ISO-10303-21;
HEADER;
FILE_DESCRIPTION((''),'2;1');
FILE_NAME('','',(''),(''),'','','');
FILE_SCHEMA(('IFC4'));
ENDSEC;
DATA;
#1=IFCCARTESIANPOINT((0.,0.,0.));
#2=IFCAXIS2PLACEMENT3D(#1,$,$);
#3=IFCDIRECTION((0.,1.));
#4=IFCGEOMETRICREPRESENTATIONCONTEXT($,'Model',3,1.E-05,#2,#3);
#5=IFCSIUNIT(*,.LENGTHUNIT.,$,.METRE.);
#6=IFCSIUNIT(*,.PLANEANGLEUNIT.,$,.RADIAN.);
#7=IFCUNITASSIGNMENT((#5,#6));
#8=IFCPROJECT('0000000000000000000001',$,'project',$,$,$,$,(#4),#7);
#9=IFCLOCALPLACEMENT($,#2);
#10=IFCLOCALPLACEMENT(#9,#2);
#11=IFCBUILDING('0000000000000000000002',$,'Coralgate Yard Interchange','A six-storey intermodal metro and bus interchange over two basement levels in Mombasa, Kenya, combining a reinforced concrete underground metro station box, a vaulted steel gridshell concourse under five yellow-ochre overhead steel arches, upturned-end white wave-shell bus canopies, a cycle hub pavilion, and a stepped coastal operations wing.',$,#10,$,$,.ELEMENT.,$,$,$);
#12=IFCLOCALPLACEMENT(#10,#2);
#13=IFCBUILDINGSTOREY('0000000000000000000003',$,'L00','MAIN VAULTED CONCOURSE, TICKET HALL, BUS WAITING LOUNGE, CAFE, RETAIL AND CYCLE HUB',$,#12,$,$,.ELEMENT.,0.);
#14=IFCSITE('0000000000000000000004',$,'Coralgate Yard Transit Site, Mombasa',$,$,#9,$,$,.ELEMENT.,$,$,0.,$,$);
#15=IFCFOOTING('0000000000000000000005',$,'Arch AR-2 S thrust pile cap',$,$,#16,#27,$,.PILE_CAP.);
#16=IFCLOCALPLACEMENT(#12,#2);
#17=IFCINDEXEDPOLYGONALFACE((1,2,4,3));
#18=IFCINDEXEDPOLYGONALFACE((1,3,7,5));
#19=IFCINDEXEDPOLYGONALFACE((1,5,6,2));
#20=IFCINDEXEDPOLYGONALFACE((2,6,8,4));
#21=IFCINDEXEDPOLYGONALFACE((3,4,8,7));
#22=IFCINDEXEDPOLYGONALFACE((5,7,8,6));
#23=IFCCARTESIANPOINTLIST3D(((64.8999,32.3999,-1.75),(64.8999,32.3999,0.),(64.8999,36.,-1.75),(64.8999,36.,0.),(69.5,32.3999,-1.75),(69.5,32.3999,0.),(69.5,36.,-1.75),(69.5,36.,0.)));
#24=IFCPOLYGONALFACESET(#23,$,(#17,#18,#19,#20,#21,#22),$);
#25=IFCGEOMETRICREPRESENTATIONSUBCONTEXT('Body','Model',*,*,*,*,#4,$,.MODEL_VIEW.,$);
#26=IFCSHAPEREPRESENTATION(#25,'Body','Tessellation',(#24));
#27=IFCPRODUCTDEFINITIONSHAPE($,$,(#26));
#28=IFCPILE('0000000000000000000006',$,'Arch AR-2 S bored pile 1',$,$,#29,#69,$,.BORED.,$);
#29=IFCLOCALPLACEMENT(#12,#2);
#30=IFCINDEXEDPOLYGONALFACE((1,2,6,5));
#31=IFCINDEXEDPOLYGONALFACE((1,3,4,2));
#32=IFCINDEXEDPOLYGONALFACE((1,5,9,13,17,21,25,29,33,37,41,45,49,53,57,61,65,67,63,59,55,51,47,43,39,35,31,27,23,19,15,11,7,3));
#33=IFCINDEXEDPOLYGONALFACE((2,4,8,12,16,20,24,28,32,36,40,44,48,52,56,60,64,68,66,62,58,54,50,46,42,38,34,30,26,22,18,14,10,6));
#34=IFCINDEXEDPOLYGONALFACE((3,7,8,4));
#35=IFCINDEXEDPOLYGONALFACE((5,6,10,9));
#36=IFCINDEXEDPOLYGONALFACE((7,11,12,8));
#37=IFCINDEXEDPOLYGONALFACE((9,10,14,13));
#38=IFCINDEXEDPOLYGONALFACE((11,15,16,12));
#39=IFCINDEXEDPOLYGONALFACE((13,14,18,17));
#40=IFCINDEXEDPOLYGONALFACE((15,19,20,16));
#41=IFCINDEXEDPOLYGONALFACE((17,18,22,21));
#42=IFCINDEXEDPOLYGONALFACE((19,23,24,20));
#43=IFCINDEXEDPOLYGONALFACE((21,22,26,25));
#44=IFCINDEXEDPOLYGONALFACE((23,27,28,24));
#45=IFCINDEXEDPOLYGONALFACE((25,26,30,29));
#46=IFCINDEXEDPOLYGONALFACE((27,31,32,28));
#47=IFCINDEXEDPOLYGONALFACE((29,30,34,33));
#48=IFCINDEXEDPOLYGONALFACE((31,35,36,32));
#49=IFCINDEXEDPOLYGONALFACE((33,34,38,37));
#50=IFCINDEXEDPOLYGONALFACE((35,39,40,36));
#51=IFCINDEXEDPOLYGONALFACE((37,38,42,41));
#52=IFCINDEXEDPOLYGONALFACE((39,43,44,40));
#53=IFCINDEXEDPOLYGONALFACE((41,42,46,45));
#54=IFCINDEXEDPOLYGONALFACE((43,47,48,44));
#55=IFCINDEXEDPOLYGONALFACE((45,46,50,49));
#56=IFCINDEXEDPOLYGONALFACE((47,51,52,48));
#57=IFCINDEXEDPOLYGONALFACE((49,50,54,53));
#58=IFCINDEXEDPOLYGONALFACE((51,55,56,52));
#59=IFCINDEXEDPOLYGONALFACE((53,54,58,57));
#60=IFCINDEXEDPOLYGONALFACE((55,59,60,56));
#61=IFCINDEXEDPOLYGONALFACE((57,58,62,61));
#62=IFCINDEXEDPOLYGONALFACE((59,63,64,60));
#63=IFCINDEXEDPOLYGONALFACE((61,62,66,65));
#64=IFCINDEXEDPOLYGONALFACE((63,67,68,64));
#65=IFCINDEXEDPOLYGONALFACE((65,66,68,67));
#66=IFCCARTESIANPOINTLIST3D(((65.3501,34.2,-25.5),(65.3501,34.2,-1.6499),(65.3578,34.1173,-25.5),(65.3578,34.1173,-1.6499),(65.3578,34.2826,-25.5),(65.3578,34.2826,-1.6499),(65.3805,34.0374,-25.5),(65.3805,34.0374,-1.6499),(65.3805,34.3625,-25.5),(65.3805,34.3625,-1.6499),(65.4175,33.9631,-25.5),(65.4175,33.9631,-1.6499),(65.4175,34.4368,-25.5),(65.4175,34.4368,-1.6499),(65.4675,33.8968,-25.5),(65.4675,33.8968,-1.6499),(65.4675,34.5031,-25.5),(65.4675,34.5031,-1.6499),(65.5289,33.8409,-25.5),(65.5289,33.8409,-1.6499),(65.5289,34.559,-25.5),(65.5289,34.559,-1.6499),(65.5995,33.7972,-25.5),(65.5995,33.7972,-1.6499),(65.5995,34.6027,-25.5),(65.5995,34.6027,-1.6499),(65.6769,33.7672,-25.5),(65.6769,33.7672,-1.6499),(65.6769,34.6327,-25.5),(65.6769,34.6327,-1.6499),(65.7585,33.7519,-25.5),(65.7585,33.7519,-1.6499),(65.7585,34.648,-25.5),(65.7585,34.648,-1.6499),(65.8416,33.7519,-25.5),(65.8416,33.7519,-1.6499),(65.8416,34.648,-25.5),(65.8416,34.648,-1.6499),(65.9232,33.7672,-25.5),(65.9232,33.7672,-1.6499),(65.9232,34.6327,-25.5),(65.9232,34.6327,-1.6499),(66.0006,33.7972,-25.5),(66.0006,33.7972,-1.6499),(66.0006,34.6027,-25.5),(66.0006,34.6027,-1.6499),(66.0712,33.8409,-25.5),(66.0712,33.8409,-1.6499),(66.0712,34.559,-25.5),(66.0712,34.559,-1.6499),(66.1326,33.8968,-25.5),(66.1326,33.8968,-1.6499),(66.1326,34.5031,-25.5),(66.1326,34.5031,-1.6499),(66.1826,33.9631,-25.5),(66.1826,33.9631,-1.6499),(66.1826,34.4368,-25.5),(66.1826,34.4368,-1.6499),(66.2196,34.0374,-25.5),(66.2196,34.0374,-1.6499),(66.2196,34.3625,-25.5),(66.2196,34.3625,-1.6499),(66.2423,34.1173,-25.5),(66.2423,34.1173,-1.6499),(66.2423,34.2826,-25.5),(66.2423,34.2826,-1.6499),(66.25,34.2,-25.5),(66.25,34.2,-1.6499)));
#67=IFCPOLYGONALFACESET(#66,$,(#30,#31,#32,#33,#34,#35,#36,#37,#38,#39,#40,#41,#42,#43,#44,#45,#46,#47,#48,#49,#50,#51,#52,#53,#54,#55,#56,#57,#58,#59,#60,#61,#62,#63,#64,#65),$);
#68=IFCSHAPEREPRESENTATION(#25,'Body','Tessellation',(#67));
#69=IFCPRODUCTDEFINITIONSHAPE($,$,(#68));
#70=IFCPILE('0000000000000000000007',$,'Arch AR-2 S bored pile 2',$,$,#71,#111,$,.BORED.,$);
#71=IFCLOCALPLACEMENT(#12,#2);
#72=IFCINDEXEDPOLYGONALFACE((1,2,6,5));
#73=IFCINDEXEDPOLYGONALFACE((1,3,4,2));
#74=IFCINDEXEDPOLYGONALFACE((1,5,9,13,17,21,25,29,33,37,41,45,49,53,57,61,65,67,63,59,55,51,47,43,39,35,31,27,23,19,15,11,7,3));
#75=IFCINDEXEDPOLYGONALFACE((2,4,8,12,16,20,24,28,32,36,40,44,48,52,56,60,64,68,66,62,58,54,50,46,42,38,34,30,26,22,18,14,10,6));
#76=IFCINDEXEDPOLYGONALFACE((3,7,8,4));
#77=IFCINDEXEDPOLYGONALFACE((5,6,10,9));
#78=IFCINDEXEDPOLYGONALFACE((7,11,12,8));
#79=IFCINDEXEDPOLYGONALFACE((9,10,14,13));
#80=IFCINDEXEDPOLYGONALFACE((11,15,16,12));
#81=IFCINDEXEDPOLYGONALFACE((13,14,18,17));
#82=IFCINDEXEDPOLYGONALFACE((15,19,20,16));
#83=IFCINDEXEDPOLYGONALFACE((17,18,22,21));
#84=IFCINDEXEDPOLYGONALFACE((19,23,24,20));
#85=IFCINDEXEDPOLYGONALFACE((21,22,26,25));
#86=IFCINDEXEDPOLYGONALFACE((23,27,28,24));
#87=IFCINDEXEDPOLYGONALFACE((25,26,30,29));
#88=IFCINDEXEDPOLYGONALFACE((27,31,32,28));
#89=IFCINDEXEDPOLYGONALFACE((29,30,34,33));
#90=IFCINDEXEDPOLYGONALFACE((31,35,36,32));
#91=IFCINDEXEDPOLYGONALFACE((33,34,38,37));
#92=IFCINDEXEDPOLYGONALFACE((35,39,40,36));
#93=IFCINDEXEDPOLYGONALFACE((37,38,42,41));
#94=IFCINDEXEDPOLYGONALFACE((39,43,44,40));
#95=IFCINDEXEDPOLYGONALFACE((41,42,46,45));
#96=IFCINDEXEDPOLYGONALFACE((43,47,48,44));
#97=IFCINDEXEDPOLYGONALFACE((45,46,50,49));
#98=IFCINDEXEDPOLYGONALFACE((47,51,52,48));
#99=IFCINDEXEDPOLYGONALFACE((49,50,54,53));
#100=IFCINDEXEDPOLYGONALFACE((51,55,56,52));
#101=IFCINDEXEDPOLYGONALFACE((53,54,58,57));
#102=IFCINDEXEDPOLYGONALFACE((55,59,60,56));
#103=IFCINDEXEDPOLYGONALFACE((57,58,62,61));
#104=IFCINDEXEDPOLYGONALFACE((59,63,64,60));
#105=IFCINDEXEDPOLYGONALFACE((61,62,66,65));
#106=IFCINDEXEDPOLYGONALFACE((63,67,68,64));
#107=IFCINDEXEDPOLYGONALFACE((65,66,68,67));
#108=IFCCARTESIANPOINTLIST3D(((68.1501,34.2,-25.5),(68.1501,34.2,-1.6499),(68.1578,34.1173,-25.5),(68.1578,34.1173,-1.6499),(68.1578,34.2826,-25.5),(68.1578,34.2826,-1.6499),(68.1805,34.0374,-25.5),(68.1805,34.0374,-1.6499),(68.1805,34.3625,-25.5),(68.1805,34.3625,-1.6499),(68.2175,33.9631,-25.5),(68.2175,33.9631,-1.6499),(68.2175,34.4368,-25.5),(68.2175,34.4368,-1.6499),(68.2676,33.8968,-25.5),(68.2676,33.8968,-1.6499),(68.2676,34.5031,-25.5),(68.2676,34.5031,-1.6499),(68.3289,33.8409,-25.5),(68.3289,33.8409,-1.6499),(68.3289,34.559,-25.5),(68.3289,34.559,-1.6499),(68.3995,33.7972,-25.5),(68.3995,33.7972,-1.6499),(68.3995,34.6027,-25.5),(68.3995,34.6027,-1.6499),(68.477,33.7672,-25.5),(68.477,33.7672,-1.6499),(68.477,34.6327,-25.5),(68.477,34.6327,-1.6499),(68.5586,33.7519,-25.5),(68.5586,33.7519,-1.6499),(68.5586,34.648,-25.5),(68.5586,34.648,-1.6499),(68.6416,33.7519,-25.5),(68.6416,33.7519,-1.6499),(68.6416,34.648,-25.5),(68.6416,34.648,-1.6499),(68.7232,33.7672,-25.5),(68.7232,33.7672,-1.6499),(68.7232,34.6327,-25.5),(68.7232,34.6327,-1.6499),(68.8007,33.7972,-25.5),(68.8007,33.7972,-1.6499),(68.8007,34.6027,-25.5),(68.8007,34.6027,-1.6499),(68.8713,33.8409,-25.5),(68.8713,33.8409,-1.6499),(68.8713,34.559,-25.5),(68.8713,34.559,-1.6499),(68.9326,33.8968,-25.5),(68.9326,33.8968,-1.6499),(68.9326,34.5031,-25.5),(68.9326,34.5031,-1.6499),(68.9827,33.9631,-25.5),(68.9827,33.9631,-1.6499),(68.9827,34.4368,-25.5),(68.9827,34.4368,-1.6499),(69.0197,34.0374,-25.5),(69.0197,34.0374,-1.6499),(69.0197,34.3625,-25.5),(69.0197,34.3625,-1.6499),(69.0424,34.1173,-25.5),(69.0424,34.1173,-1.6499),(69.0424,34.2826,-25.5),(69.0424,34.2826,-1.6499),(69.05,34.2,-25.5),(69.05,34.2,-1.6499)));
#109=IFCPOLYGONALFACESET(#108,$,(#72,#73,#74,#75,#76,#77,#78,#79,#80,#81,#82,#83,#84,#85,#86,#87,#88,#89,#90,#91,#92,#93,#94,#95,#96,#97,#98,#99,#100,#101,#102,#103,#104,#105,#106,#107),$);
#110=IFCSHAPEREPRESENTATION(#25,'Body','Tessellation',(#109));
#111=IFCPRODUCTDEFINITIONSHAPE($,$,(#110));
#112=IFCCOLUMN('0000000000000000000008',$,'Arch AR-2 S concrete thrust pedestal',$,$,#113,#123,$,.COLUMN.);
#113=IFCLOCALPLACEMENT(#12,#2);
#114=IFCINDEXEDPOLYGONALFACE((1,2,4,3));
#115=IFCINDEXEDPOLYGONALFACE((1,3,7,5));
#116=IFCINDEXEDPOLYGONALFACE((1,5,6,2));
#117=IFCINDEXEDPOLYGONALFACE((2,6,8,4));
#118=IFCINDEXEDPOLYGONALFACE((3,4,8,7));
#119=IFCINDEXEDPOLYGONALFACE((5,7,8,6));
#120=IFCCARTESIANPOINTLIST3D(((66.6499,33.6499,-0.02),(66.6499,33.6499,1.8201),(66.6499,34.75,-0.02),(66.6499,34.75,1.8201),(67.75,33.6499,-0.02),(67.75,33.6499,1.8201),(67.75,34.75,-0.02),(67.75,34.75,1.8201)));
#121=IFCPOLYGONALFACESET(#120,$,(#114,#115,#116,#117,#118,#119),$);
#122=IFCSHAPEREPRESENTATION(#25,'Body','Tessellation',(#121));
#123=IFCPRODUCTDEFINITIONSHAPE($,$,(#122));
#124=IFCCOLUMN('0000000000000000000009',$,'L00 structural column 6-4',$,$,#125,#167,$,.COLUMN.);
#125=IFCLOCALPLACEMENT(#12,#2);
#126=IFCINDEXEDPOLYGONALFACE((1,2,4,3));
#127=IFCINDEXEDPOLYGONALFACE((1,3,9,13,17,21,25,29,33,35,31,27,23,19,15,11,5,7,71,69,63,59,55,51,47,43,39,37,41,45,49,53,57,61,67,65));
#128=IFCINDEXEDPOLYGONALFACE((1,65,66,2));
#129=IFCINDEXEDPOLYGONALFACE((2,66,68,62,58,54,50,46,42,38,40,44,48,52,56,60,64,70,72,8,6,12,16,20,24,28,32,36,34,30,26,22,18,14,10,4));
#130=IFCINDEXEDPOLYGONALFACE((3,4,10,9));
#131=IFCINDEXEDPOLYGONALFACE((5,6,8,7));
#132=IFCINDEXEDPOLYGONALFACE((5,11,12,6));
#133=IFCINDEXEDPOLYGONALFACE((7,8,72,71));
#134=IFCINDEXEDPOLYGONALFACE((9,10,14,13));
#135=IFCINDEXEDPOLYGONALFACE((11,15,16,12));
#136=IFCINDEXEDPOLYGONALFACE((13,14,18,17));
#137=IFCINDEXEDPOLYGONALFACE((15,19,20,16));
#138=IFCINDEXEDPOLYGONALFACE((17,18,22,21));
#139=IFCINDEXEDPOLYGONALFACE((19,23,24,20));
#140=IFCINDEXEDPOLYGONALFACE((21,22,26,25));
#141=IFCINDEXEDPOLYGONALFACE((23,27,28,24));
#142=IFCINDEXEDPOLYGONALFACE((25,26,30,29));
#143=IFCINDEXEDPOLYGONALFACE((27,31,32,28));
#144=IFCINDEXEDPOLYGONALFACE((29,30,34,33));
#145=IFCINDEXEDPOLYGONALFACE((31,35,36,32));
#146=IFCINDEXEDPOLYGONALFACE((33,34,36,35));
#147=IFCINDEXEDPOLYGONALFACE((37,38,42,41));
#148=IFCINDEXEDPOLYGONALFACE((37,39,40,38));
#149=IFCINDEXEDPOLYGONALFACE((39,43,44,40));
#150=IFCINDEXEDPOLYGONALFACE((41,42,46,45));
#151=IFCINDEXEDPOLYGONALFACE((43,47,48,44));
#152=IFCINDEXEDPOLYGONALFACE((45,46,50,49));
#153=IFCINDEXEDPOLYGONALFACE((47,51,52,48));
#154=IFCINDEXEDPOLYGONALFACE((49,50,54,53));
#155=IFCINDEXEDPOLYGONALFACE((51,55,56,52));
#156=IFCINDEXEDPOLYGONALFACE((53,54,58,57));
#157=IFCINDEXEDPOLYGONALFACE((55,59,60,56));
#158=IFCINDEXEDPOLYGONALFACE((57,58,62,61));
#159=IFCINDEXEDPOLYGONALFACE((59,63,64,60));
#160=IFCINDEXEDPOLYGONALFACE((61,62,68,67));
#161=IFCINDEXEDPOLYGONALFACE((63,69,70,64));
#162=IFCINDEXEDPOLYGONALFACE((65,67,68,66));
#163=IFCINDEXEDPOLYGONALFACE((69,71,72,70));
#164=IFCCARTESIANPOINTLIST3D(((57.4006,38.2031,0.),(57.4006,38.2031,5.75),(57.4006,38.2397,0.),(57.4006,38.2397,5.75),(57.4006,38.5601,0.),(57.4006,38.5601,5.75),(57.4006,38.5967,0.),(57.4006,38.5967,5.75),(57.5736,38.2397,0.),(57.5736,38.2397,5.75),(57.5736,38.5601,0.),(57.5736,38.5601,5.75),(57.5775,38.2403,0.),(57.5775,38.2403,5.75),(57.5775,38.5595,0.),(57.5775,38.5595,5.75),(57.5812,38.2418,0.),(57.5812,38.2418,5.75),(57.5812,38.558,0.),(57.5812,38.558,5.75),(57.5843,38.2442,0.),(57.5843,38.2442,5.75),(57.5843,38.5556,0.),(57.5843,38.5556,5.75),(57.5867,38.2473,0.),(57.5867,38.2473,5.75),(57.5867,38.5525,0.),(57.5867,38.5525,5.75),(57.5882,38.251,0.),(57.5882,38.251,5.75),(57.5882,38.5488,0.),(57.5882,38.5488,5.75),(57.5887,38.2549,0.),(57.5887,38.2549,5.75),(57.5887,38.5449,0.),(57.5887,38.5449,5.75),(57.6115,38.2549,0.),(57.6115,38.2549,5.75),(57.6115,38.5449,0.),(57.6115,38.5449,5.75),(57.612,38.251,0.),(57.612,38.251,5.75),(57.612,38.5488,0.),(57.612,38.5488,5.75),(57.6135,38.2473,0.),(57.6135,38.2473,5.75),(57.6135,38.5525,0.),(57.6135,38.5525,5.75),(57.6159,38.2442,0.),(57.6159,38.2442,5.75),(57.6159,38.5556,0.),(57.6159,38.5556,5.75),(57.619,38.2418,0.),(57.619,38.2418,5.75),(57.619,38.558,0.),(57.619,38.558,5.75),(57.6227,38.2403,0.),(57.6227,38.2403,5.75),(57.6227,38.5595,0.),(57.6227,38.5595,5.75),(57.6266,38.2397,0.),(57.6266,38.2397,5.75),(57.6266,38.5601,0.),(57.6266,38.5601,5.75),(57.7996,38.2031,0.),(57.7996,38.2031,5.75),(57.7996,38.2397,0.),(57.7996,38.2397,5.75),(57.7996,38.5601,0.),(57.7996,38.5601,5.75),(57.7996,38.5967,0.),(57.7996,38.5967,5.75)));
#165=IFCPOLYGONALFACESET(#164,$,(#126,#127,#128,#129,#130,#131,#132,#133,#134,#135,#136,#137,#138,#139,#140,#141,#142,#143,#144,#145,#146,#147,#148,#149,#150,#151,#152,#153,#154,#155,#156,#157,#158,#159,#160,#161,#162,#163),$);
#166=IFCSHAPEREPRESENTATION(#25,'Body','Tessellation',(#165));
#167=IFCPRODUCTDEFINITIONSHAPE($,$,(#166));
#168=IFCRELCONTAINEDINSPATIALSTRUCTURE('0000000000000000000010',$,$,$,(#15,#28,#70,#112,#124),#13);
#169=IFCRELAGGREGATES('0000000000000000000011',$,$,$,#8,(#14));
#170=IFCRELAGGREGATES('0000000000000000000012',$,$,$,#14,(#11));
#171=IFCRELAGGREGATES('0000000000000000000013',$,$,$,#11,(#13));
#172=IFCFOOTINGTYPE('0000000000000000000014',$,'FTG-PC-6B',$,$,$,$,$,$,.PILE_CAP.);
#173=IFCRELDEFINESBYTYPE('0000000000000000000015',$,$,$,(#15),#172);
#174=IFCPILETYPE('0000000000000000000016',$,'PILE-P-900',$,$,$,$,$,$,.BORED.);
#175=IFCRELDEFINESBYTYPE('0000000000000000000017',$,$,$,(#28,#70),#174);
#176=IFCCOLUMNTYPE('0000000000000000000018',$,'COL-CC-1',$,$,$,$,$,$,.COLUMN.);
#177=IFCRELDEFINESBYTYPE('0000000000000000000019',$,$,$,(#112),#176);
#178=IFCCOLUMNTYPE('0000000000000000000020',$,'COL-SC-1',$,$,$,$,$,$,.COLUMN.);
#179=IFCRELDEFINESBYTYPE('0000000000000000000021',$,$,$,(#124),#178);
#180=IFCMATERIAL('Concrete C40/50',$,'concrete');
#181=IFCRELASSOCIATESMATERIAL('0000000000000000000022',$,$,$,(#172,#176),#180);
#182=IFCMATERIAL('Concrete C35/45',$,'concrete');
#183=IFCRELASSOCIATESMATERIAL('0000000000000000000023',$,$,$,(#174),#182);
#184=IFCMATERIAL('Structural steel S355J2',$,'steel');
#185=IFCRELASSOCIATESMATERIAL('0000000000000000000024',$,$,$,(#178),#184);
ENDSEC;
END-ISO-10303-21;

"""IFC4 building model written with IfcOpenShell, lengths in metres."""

from ifc_helpers import new_model, si_unit, direction, frame, origin, origin_2d, place, context, subcontext, project, spatial, rectangle, circle, i_section, extrude, material, material_profile, profile_set, type_object, element, save


model = new_model("IFC4")

# Units and contexts
model_context = context("Model", 3, precision=1e-05, world=origin(), true_north=direction((0.0, 1.0)))
body_context = subcontext(model_context, "Body", "Model", "MODEL_VIEW")
ifc_project = project(units=[si_unit("LENGTHUNIT", "METRE"), si_unit("PLANEANGLEUNIT", "RADIAN")], contexts=[model_context])

# Site, building, storey
site_placement = place(None, origin())
site = spatial("IfcSite", under=ifc_project, at=site_placement, Name="Coralgate Yard Transit Site, Mombasa", CompositionType="ELEMENT", RefElevation=0.0)
building_placement = place(site_placement, origin())
building = spatial("IfcBuilding", under=site, at=building_placement, Name="Coralgate Yard Interchange", Description="A six-storey intermodal metro and bus interchange over two basement levels in Mombasa, Kenya, combining a reinforced concrete underground metro station box, a vaulted steel gridshell concourse under five yellow-ochre overhead steel arches, upturned-end white wave-shell bus canopies, a cycle hub pavilion, and a stepped coastal operations wing.", CompositionType="ELEMENT")
storey_placement = place(building_placement, origin())
storey = spatial("IfcBuildingStorey", under=building, at=storey_placement, Name="L00", Description="MAIN VAULTED CONCOURSE, TICKET HALL, BUS WAITING LOUNGE, CAFE, RETAIL AND CYCLE HUB", CompositionType="ELEMENT", Elevation=0.0)

# Footing
ifc_material_1 = material(Name="Concrete C40/50", Category="concrete")
footing_type = type_object("IfcFootingType", Name="FTG-PC-6B", PredefinedType="PILE_CAP", material=ifc_material_1)
footing_placement = place(storey_placement, frame((67.2, 34.2, -1.75), z_axis=(0.0, 0.0, 1.0), x_axis=(1.0, 0.0, 0.0)))
element("IfcFooting", 1, at=footing_placement, inside=storey, type_object=footing_type, Name="Arch AR-2 S thrust pile cap", PredefinedType="PILE_CAP", context=body_context, shape_type="SweptSolid", body=[
    extrude(rectangle(XDim=4.6001, YDim=3.6001, at=origin_2d()), origin(), (0.0, 0.0, 1.0), 1.75),
])

# Piles
ifc_material_2 = material(Name="Concrete C35/45", Category="concrete")
ifc_material_profile_1 = material_profile(ifc_material_2, circle(Radius=0.45, at=origin_2d()), Name="BORED PILE D900")
ifc_profile_set_1 = profile_set([ifc_material_profile_1], Name="Concrete C35/45")
pile_type = type_object("IfcPileType", Name="PILE-P-900", PredefinedType="BORED", material=ifc_profile_set_1)
for number, where, z_axis, x_axis, name in (
    (2, (65.8, 34.2, -1.6499), (0.0, 0.0, -1.0), (1.0, 0.0, 0.0), "Arch AR-2 S bored pile 1"),
    (3, (68.6001, 34.2, -1.6499), (0.0, 0.0, -1.0), (1.0, 0.0, 0.0), "Arch AR-2 S bored pile 2"),
):
    element("IfcPile", number, at=place(storey_placement, frame(where, z_axis=z_axis, x_axis=x_axis)), inside=storey, type_object=pile_type, Name=name, PredefinedType="BORED", context=body_context, shape_type="SweptSolid", body=[
        extrude(circle(Radius=0.45, at=origin_2d()), origin(), (0.0, 0.0, 1.0), 23.8501),
    ])

# Columns
ifc_material_profile_2 = material_profile(ifc_material_1, rectangle(XDim=1.1001, YDim=1.1001, at=origin_2d()), Name="RC 1100x1100")
ifc_profile_set_2 = profile_set([ifc_material_profile_2], Name="Concrete C40/50")
column_type_1 = type_object("IfcColumnType", Name="COL-CC-1", PredefinedType="COLUMN", material=ifc_profile_set_2)
column_placement = place(storey_placement, frame((67.2, 34.2, -0.02), z_axis=(0.0, 0.0, 1.0), x_axis=(1.0, 0.0, 0.0)))
element("IfcColumn", 4, at=column_placement, inside=storey, type_object=column_type_1, Name="Arch AR-2 S concrete thrust pedestal", PredefinedType="COLUMN", context=body_context, shape_type="SweptSolid", body=[
    extrude(rectangle(XDim=1.1001, YDim=1.1001, at=origin_2d()), origin(), (0.0, 0.0, 1.0), 1.8401),
])
ifc_material_3 = material(Name="Structural steel S355J2", Category="steel")
ifc_material_profile_3 = material_profile(ifc_material_3, i_section(OverallWidth=0.3989, OverallDepth=0.3936, WebThickness=0.0227, FlangeThickness=0.0366, FilletRadius=0.0151, at=origin_2d()), Name="UC 356x406x287")
ifc_profile_set_3 = profile_set([ifc_material_profile_3], Name="Structural steel S355J2")
column_type_2 = type_object("IfcColumnType", Name="COL-SC-1", PredefinedType="COLUMN", material=ifc_profile_set_3)
for number, where, z_axis, x_axis, name in (
    (5, (57.6001, 38.3999, 0.0), (0.0, 0.0, 1.0), (1.0, 0.0, 0.0), "L00 structural column 6-4"),
):
    element("IfcColumn", number, at=place(storey_placement, frame(where, z_axis=z_axis, x_axis=x_axis)), inside=storey, type_object=column_type_2, Name=name, PredefinedType="COLUMN", context=body_context, shape_type="SweptSolid", body=[
        extrude(i_section(OverallWidth=0.3989, OverallDepth=0.3936, WebThickness=0.0227, FlangeThickness=0.0366, FilletRadius=0.0151, at=origin_2d()), origin(), (0.0, 0.0, 1.0), 5.75),
    ])

save(model, "model.ifc")
